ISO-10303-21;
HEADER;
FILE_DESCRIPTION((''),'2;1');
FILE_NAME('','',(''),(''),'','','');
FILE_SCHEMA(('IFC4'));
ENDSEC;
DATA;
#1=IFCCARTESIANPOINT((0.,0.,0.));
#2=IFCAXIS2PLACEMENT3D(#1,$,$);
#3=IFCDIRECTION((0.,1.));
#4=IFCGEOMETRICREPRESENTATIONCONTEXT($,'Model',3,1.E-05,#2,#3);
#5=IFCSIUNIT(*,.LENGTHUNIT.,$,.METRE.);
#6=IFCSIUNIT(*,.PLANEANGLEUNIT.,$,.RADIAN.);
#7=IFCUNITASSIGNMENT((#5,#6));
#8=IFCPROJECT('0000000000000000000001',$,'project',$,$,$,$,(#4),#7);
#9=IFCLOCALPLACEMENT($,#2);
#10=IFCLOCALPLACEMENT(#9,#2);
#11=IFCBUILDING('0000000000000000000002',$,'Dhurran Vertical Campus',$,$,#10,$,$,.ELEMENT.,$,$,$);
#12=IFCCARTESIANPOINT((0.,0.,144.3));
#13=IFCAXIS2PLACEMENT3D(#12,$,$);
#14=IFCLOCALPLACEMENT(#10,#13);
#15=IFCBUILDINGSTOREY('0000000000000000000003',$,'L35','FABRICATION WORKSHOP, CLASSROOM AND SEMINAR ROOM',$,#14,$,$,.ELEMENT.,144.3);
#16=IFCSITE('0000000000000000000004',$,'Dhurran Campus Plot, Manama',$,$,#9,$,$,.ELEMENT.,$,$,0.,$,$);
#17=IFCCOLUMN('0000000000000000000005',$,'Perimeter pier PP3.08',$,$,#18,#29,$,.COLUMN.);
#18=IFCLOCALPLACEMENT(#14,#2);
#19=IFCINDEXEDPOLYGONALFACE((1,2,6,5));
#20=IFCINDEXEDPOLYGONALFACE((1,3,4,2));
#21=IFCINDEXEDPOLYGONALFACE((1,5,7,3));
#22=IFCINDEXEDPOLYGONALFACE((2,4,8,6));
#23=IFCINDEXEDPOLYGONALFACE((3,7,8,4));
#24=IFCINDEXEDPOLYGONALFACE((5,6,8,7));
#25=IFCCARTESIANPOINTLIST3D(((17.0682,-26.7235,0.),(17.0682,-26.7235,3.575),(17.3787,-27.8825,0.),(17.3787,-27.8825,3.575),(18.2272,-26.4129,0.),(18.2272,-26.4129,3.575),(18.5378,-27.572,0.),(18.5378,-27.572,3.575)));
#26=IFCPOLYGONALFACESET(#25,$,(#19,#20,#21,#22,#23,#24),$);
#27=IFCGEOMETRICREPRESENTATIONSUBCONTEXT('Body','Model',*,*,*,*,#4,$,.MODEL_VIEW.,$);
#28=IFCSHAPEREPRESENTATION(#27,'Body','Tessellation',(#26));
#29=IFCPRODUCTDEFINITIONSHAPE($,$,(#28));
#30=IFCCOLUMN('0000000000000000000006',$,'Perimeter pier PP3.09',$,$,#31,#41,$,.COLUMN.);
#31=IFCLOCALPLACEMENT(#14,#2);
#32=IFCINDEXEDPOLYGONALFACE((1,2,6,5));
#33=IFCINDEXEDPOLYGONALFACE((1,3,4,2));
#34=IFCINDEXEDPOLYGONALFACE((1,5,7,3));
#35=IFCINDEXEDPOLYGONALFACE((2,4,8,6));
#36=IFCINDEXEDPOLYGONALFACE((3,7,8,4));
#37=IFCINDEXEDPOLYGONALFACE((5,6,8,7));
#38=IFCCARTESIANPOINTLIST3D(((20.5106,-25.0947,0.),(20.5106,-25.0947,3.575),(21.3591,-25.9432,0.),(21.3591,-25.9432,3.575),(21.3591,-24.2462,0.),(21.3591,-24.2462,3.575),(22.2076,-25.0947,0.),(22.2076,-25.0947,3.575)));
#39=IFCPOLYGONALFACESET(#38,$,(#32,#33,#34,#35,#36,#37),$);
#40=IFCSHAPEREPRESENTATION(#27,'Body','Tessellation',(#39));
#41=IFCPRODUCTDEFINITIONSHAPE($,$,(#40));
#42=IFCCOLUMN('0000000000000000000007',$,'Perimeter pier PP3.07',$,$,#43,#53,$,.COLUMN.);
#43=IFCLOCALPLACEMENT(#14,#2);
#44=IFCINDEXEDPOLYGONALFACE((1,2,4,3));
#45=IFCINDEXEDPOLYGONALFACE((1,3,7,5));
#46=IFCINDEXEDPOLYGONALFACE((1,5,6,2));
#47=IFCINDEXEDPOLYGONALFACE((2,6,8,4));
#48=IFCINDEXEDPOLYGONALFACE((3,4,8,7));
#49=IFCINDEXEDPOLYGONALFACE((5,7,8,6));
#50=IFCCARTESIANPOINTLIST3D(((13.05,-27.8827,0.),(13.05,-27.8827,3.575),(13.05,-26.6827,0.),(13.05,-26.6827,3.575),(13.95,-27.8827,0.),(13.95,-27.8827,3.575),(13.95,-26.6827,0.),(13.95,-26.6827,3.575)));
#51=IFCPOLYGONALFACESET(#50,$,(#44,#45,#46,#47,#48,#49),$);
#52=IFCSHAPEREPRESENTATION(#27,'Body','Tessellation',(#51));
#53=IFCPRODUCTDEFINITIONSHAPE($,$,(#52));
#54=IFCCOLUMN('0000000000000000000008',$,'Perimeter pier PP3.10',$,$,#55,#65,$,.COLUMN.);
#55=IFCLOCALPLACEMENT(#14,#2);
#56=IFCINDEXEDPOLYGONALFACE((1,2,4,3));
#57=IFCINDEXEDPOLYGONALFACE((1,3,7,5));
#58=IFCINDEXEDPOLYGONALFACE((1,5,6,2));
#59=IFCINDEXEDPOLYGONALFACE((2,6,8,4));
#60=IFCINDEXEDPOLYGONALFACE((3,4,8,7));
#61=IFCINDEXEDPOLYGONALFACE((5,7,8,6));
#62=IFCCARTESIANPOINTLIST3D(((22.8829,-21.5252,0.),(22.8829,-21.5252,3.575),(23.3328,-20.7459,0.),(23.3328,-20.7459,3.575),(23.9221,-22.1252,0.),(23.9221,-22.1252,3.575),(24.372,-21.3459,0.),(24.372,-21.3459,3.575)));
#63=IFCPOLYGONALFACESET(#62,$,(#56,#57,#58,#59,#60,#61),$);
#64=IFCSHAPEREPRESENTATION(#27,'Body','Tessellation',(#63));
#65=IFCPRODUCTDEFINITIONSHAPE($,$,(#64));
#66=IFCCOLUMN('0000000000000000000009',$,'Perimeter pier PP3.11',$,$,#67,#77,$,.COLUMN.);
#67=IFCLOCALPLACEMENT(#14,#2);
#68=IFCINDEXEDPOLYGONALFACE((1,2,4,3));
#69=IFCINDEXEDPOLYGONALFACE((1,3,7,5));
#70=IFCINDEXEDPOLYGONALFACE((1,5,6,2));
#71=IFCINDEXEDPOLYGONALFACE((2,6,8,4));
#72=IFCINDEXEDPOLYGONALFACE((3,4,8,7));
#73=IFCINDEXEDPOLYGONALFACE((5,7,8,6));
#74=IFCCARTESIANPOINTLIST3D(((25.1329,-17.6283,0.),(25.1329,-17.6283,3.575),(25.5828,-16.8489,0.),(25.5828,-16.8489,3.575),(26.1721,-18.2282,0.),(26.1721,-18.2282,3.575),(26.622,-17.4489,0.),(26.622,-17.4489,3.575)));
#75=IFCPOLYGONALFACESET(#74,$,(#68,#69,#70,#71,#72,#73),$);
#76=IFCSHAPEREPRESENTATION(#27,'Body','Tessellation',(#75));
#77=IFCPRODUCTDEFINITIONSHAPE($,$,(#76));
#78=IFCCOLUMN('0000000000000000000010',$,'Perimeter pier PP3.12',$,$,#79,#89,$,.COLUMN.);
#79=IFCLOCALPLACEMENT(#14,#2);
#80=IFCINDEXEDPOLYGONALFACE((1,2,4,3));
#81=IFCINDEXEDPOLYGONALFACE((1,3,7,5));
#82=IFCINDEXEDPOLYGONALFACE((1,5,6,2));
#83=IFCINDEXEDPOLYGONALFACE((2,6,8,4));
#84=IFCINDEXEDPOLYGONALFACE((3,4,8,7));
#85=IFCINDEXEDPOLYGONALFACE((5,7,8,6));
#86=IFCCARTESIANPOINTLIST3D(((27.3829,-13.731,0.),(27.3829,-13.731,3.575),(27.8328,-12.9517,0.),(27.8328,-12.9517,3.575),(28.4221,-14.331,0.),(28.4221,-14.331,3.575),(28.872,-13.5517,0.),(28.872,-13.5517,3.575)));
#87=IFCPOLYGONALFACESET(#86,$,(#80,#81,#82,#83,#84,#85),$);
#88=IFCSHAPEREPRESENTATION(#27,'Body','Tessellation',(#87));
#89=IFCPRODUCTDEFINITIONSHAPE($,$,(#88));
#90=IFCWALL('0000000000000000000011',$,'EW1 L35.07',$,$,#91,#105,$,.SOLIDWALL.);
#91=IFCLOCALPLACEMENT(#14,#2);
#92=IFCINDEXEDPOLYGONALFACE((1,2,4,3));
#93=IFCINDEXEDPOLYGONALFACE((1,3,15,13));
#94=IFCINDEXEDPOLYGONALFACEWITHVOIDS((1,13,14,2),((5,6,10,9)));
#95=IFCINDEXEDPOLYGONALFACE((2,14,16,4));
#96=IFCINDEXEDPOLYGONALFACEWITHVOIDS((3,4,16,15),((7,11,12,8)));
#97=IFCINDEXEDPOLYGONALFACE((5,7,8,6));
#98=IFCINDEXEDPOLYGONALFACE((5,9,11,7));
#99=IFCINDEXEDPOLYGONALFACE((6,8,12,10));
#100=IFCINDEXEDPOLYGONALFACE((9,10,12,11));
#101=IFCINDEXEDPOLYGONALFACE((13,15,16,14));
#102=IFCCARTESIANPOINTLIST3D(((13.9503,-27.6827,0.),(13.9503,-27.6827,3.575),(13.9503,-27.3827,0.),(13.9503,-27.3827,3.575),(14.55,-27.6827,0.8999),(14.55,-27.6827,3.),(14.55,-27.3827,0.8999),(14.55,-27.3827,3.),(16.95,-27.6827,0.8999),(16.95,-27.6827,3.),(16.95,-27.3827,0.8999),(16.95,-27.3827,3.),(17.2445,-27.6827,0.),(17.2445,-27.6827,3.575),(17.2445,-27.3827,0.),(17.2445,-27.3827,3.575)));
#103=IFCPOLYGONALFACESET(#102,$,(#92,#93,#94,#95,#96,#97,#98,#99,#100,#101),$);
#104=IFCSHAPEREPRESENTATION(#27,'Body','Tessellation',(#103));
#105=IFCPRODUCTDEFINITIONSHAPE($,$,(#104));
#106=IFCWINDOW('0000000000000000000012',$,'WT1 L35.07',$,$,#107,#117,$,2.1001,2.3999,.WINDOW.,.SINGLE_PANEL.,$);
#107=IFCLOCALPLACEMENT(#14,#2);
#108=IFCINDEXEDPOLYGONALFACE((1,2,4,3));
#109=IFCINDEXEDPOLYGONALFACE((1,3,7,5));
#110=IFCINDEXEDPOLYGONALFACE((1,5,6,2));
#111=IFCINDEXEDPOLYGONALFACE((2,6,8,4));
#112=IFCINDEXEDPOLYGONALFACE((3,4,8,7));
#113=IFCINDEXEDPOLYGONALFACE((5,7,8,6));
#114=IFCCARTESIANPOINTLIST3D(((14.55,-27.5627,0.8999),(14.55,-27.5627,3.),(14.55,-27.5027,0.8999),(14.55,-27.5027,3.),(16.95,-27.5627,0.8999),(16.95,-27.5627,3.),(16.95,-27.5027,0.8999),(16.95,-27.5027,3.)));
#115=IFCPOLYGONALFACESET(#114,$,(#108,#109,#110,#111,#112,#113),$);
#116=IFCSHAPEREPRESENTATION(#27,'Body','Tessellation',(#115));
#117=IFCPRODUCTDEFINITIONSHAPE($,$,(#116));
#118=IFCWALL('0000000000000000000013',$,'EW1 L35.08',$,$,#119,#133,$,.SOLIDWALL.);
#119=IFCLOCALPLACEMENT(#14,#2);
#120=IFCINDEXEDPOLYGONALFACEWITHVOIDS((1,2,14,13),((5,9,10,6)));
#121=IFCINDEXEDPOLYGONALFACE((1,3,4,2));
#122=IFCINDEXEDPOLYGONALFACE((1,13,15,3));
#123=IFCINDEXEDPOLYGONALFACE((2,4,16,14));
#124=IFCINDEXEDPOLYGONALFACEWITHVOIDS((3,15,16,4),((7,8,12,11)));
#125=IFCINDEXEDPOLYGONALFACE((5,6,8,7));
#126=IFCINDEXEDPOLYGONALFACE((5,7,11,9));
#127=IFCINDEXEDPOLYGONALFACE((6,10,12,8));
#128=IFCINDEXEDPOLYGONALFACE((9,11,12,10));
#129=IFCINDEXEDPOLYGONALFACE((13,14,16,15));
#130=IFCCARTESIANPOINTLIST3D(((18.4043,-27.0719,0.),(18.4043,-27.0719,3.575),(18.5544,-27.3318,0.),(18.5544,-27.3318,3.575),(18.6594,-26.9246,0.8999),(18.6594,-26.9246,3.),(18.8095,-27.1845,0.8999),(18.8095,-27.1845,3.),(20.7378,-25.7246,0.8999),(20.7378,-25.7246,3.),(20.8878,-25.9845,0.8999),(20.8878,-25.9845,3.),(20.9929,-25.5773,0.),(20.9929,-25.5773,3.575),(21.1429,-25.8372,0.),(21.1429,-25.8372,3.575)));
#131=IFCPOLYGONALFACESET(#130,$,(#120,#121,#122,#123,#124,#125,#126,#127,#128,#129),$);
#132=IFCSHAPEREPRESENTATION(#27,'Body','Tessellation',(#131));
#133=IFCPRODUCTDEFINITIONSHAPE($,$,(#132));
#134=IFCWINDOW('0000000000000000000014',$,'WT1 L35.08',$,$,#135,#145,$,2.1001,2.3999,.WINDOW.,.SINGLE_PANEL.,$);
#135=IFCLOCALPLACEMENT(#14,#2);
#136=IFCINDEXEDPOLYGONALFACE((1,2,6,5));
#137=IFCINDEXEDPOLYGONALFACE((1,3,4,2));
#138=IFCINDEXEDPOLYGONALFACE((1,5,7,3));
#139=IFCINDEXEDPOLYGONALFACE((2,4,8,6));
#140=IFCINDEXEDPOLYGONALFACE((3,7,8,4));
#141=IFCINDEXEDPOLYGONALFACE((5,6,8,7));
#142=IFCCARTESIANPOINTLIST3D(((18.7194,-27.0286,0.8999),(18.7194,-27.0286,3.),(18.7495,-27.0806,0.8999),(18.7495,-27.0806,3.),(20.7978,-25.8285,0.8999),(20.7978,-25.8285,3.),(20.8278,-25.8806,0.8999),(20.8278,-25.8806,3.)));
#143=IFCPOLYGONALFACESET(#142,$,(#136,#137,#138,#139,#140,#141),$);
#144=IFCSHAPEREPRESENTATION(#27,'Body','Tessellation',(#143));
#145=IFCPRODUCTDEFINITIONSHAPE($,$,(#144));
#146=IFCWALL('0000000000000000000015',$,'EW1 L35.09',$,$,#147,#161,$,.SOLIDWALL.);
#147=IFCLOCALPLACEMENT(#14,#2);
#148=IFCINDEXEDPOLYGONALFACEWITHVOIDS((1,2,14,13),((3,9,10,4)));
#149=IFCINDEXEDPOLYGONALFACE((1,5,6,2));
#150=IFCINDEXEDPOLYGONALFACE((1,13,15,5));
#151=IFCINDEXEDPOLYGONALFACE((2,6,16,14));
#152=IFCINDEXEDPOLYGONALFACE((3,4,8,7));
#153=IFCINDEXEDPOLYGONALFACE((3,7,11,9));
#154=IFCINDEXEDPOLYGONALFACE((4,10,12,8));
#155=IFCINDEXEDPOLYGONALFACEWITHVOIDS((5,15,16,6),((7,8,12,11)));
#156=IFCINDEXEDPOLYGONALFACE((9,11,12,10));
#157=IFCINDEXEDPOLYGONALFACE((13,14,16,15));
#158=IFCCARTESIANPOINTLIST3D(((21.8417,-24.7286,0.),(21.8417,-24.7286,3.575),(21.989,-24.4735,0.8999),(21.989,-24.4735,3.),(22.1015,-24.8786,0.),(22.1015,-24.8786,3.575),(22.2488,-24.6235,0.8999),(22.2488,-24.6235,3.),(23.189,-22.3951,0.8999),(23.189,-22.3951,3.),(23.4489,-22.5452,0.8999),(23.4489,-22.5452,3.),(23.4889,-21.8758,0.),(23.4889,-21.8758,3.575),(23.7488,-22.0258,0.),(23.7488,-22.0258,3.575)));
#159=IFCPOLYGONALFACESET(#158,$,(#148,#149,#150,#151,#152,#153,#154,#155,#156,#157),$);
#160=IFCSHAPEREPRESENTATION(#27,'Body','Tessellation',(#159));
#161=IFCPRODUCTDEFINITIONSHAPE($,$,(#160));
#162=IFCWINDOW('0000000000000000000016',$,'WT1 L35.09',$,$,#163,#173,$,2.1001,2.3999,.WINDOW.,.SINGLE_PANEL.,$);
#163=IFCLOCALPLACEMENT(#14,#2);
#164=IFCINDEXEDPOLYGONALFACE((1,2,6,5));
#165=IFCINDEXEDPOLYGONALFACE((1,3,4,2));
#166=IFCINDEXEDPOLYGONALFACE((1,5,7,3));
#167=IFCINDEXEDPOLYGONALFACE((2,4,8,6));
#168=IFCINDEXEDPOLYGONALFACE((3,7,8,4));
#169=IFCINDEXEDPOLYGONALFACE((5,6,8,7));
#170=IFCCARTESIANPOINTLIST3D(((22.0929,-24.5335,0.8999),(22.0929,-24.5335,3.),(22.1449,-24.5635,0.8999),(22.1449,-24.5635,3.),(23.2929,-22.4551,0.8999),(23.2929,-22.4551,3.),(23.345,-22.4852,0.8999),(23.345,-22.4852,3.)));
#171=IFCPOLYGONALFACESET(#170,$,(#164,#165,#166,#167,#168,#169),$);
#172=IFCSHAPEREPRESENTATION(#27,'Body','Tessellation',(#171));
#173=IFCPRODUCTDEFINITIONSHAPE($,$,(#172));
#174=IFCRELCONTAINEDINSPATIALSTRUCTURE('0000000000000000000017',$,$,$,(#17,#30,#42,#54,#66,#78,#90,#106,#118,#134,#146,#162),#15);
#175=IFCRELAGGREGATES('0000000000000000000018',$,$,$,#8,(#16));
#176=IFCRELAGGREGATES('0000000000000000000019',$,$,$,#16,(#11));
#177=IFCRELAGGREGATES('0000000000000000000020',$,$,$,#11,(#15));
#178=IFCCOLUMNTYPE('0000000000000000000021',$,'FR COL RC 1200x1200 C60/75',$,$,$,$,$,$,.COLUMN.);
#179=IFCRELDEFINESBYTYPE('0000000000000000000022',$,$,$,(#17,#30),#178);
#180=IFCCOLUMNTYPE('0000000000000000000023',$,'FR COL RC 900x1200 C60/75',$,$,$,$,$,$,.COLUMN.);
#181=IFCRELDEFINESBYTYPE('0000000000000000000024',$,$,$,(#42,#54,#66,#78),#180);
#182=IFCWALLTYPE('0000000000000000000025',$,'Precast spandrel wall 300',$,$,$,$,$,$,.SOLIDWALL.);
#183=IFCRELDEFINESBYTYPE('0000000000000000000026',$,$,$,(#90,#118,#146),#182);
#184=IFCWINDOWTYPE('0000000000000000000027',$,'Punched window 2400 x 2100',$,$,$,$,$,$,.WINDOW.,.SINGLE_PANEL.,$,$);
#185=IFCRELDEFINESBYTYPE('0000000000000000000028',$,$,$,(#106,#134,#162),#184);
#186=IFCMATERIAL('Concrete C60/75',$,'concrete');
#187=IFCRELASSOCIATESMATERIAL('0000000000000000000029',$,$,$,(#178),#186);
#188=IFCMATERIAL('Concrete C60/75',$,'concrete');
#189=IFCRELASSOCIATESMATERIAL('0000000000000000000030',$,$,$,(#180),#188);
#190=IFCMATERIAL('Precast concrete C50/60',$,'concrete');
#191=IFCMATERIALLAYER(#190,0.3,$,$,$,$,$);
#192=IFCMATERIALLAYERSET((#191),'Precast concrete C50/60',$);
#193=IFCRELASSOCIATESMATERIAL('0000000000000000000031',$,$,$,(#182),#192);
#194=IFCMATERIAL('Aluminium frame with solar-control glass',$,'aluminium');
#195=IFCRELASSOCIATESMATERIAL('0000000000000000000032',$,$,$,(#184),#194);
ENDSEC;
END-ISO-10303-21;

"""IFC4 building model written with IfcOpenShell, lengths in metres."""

from ifc_helpers import new_model, si_unit, direction, frame, frame_2d, origin, origin_2d, place, context, subcontext, project, spatial, rectangle, extrude, material, layer, layer_set, material_profile, profile_set, type_object, element, fill, save


model = new_model("IFC4")

# Units and contexts
model_context = context("Model", 3, precision=1e-05, world=origin(), true_north=direction((0.0, 1.0)))
body_context = subcontext(model_context, "Body", "Model", "MODEL_VIEW")
ifc_project = project(units=[si_unit("LENGTHUNIT", "METRE"), si_unit("PLANEANGLEUNIT", "RADIAN")], contexts=[model_context])

# Site, building, storey
site_placement = place(None, origin())
site = spatial("IfcSite", under=ifc_project, at=site_placement, Name="Dhurran Campus Plot, Manama", CompositionType="ELEMENT", RefElevation=0.0)
building_placement = place(site_placement, origin())
building = spatial("IfcBuilding", under=site, at=building_placement, Name="Dhurran Vertical Campus", CompositionType="ELEMENT")
storey_placement = place(building_placement, frame((0.0, 0.0, 144.3)))
storey = spatial("IfcBuildingStorey", under=building, at=storey_placement, Name="L35", Description="FABRICATION WORKSHOP, CLASSROOM AND SEMINAR ROOM", CompositionType="ELEMENT", Elevation=144.3)

# Columns
ifc_material_1 = material(Name="Concrete C60/75", Category="concrete")
ifc_material_profile_1 = material_profile(ifc_material_1, rectangle(XDim=1.2, YDim=1.2, at=origin_2d()), Name="RC 1200x1200")
ifc_profile_set_1 = profile_set([ifc_material_profile_1], Name="Concrete C60/75")
column_type_1 = type_object("IfcColumnType", Name="FR COL RC 1200x1200 C60/75", PredefinedType="COLUMN", material=ifc_profile_set_1)
for number, where, z_axis, x_axis, name in (
    (1, (17.803, -27.1477, 0.0), (0.0, 0.0, 1.0), (0.965926, 0.258819, 0.0), "Perimeter pier PP3.08"),
    (2, (21.3591, -25.0947, 0.0), (0.0, 0.0, 1.0), (0.707107, 0.707107, 0.0), "Perimeter pier PP3.09"),
):
    element("IfcColumn", number, at=place(storey_placement, frame(where, z_axis=z_axis, x_axis=x_axis)), inside=storey, type_object=column_type_1, Name=name, PredefinedType="COLUMN", context=body_context, shape_type="SweptSolid", body=[
        extrude(rectangle(XDim=1.2, YDim=1.2, at=origin_2d()), origin(), (0.0, 0.0, 1.0), 3.575),
    ])
ifc_material_2 = material(Name="Concrete C60/75", Category="concrete")
ifc_material_profile_2 = material_profile(ifc_material_2, rectangle(XDim=0.8999, YDim=1.2, at=origin_2d()), Name="RC 900x1200")
ifc_profile_set_2 = profile_set([ifc_material_profile_2], Name="Concrete C60/75")
column_type_2 = type_object("IfcColumnType", Name="FR COL RC 900x1200 C60/75", PredefinedType="COLUMN", material=ifc_profile_set_2)
for number, where, z_axis, x_axis, name in (
    (3, (13.5, -27.2827, 0.0), (0.0, 0.0, 1.0), (1.0, 0.0, 0.0), "Perimeter pier PP3.07"),
    (4, (23.6274, -21.4355, 0.0), (0.0, 0.0, 1.0), (0.5, 0.866025, 0.0), "Perimeter pier PP3.10"),
    (5, (25.8774, -17.5386, 0.0), (0.0, 0.0, 1.0), (0.5, 0.866025, 0.0), "Perimeter pier PP3.11"),
    (6, (28.1274, -13.6414, 0.0), (0.0, 0.0, 1.0), (0.5, 0.866025, 0.0), "Perimeter pier PP3.12"),
):
    element("IfcColumn", number, at=place(storey_placement, frame(where, z_axis=z_axis, x_axis=x_axis)), inside=storey, type_object=column_type_2, Name=name, PredefinedType="COLUMN", context=body_context, shape_type="SweptSolid", body=[
        extrude(rectangle(XDim=0.8999, YDim=1.2, at=origin_2d()), origin(), (0.0, 0.0, 1.0), 3.575),
    ])

# Walls, openings, windows
ifc_material_3 = material(Name="Precast concrete C50/60", Category="concrete")
ifc_layer_1 = layer(ifc_material_3, 0.3)
ifc_layer_set_1 = layer_set([ifc_layer_1], Name="Precast concrete C50/60")
wall_type_1 = type_object("IfcWallType", Name="Precast spandrel wall 300", PredefinedType="SOLIDWALL", material=ifc_layer_set_1)
wall_1_placement = place(storey_placement, frame((13.9504, -27.5327, 0.0), z_axis=(0.0, 0.0, 1.0), x_axis=(1.0, 0.0, 0.0)))
wall_1 = element("IfcWall", 7, at=wall_1_placement, inside=storey, type_object=wall_type_1, Name="EW1 L35.07", PredefinedType="SOLIDWALL", context=body_context, shape_type="SweptSolid", body=[
    extrude(rectangle(XDim=3.2942, YDim=0.3, at=frame_2d((1.647, 0.0))), origin(), (0.0, 0.0, 1.0), 3.575),
])
opening_1_placement = place(wall_1_placement, frame((0.5996, 0.0, 0.8999)))
opening_1 = element("IfcOpeningElement", 8, at=opening_1_placement, cuts=wall_1, PredefinedType="OPENING", context=body_context, shape_type="SweptSolid", body=[
    extrude(rectangle(XDim=2.3999, YDim=2.1001, at=frame_2d((1.2, 1.05))), frame((0.0, 0.1599, 0.0), z_axis=(0.0, -1.0, 0.0), x_axis=(1.0, 0.0, 0.0)), (0.0, 0.0, 1.0), 0.3201),
])
ifc_material_4 = material(Name="Aluminium frame with solar-control glass", Category="aluminium")
window_type = type_object("IfcWindowType", Name="Punched window 2400 x 2100", PartitioningType="SINGLE_PANEL", PredefinedType="WINDOW", material=ifc_material_4)
window_1_placement = place(opening_1_placement, origin())
window_1 = element("IfcWindow", 9, at=window_1_placement, inside=storey, type_object=window_type, Name="WT1 L35.07", OverallHeight=2.1001, OverallWidth=2.3999, PartitioningType="SINGLE_PANEL", PredefinedType="WINDOW", context=body_context, shape_type="SweptSolid", body=[
    extrude(rectangle(XDim=2.3999, YDim=2.1001, at=frame_2d((1.2, 1.05))), frame((0.0, 0.03, 0.0), z_axis=(0.0, -1.0, 0.0), x_axis=(1.0, 0.0, 0.0)), (0.0, 0.0, 1.0), 0.0601),
])
fill(opening_1, window_1)
wall_2_placement = place(storey_placement, frame((18.4792, -27.2019, 0.0), z_axis=(0.0, 0.0, 1.0), x_axis=(0.866013, 0.500022, 0.0)))
wall_2 = element("IfcWall", 10, at=wall_2_placement, inside=storey, type_object=wall_type_1, Name="EW1 L35.08", PredefinedType="SOLIDWALL", context=body_context, shape_type="SweptSolid", body=[
    extrude(rectangle(XDim=2.989, YDim=0.3, at=frame_2d((1.4946, 0.0))), origin(), (0.0, 0.0, 1.0), 3.575),
])
opening_2_placement = place(wall_2_placement, frame((0.2947, 0.0, 0.8999)))
opening_2 = element("IfcOpeningElement", 11, at=opening_2_placement, cuts=wall_2, PredefinedType="OPENING", context=body_context, shape_type="SweptSolid", body=[
    extrude(rectangle(XDim=2.3999, YDim=2.1001, at=frame_2d((1.2, 1.05))), frame((0.0, 0.1599, 0.0), z_axis=(0.0, -1.0, 0.0), x_axis=(1.0, 0.0, 0.0)), (0.0, 0.0, 1.0), 0.3201),
])
window_2_placement = place(opening_2_placement, origin())
window_2 = element("IfcWindow", 12, at=window_2_placement, inside=storey, type_object=window_type, Name="WT1 L35.08", OverallHeight=2.1001, OverallWidth=2.3999, PartitioningType="SINGLE_PANEL", PredefinedType="WINDOW", context=body_context, shape_type="SweptSolid", body=[
    extrude(rectangle(XDim=2.3999, YDim=2.1001, at=frame_2d((1.2, 1.05))), frame((0.0, 0.03, 0.0), z_axis=(0.0, -1.0, 0.0), x_axis=(1.0, 0.0, 0.0)), (0.0, 0.0, 1.0), 0.0601),
])
fill(opening_2, window_2)
wall_3_placement = place(storey_placement, frame((21.9717, -24.8035, 0.0), z_axis=(0.0, 0.0, 1.0), x_axis=(0.500037, 0.866004, 0.0)))
wall_3 = element("IfcWall", 13, at=wall_3_placement, inside=storey, type_object=wall_type_1, Name="EW1 L35.09", PredefinedType="SOLIDWALL", context=body_context, shape_type="SweptSolid", body=[
    extrude(rectangle(XDim=3.2942, YDim=0.3, at=frame_2d((1.647, 0.0))), origin(), (0.0, 0.0, 1.0), 3.575),
])
opening_3_placement = place(wall_3_placement, frame((0.2944, 0.0, 0.8999)))
opening_3 = element("IfcOpeningElement", 14, at=opening_3_placement, cuts=wall_3, PredefinedType="OPENING", context=body_context, shape_type="SweptSolid", body=[
    extrude(rectangle(XDim=2.3999, YDim=2.1001, at=frame_2d((1.2, 1.05))), frame((0.0, 0.1599, 0.0), z_axis=(0.0, -1.0, 0.0), x_axis=(1.0, 0.0, 0.0)), (0.0, 0.0, 1.0), 0.3201),
])
window_3_placement = place(opening_3_placement, origin())
window_3 = element("IfcWindow", 15, at=window_3_placement, inside=storey, type_object=window_type, Name="WT1 L35.09", OverallHeight=2.1001, OverallWidth=2.3999, PartitioningType="SINGLE_PANEL", PredefinedType="WINDOW", context=body_context, shape_type="SweptSolid", body=[
    extrude(rectangle(XDim=2.3999, YDim=2.1001, at=frame_2d((1.2, 1.05))), frame((0.0, 0.03, 0.0), z_axis=(0.0, -1.0, 0.0), x_axis=(1.0, 0.0, 0.0)), (0.0, 0.0, 1.0), 0.0601),
])
fill(opening_3, window_3)

save(model, "model.ifc")
